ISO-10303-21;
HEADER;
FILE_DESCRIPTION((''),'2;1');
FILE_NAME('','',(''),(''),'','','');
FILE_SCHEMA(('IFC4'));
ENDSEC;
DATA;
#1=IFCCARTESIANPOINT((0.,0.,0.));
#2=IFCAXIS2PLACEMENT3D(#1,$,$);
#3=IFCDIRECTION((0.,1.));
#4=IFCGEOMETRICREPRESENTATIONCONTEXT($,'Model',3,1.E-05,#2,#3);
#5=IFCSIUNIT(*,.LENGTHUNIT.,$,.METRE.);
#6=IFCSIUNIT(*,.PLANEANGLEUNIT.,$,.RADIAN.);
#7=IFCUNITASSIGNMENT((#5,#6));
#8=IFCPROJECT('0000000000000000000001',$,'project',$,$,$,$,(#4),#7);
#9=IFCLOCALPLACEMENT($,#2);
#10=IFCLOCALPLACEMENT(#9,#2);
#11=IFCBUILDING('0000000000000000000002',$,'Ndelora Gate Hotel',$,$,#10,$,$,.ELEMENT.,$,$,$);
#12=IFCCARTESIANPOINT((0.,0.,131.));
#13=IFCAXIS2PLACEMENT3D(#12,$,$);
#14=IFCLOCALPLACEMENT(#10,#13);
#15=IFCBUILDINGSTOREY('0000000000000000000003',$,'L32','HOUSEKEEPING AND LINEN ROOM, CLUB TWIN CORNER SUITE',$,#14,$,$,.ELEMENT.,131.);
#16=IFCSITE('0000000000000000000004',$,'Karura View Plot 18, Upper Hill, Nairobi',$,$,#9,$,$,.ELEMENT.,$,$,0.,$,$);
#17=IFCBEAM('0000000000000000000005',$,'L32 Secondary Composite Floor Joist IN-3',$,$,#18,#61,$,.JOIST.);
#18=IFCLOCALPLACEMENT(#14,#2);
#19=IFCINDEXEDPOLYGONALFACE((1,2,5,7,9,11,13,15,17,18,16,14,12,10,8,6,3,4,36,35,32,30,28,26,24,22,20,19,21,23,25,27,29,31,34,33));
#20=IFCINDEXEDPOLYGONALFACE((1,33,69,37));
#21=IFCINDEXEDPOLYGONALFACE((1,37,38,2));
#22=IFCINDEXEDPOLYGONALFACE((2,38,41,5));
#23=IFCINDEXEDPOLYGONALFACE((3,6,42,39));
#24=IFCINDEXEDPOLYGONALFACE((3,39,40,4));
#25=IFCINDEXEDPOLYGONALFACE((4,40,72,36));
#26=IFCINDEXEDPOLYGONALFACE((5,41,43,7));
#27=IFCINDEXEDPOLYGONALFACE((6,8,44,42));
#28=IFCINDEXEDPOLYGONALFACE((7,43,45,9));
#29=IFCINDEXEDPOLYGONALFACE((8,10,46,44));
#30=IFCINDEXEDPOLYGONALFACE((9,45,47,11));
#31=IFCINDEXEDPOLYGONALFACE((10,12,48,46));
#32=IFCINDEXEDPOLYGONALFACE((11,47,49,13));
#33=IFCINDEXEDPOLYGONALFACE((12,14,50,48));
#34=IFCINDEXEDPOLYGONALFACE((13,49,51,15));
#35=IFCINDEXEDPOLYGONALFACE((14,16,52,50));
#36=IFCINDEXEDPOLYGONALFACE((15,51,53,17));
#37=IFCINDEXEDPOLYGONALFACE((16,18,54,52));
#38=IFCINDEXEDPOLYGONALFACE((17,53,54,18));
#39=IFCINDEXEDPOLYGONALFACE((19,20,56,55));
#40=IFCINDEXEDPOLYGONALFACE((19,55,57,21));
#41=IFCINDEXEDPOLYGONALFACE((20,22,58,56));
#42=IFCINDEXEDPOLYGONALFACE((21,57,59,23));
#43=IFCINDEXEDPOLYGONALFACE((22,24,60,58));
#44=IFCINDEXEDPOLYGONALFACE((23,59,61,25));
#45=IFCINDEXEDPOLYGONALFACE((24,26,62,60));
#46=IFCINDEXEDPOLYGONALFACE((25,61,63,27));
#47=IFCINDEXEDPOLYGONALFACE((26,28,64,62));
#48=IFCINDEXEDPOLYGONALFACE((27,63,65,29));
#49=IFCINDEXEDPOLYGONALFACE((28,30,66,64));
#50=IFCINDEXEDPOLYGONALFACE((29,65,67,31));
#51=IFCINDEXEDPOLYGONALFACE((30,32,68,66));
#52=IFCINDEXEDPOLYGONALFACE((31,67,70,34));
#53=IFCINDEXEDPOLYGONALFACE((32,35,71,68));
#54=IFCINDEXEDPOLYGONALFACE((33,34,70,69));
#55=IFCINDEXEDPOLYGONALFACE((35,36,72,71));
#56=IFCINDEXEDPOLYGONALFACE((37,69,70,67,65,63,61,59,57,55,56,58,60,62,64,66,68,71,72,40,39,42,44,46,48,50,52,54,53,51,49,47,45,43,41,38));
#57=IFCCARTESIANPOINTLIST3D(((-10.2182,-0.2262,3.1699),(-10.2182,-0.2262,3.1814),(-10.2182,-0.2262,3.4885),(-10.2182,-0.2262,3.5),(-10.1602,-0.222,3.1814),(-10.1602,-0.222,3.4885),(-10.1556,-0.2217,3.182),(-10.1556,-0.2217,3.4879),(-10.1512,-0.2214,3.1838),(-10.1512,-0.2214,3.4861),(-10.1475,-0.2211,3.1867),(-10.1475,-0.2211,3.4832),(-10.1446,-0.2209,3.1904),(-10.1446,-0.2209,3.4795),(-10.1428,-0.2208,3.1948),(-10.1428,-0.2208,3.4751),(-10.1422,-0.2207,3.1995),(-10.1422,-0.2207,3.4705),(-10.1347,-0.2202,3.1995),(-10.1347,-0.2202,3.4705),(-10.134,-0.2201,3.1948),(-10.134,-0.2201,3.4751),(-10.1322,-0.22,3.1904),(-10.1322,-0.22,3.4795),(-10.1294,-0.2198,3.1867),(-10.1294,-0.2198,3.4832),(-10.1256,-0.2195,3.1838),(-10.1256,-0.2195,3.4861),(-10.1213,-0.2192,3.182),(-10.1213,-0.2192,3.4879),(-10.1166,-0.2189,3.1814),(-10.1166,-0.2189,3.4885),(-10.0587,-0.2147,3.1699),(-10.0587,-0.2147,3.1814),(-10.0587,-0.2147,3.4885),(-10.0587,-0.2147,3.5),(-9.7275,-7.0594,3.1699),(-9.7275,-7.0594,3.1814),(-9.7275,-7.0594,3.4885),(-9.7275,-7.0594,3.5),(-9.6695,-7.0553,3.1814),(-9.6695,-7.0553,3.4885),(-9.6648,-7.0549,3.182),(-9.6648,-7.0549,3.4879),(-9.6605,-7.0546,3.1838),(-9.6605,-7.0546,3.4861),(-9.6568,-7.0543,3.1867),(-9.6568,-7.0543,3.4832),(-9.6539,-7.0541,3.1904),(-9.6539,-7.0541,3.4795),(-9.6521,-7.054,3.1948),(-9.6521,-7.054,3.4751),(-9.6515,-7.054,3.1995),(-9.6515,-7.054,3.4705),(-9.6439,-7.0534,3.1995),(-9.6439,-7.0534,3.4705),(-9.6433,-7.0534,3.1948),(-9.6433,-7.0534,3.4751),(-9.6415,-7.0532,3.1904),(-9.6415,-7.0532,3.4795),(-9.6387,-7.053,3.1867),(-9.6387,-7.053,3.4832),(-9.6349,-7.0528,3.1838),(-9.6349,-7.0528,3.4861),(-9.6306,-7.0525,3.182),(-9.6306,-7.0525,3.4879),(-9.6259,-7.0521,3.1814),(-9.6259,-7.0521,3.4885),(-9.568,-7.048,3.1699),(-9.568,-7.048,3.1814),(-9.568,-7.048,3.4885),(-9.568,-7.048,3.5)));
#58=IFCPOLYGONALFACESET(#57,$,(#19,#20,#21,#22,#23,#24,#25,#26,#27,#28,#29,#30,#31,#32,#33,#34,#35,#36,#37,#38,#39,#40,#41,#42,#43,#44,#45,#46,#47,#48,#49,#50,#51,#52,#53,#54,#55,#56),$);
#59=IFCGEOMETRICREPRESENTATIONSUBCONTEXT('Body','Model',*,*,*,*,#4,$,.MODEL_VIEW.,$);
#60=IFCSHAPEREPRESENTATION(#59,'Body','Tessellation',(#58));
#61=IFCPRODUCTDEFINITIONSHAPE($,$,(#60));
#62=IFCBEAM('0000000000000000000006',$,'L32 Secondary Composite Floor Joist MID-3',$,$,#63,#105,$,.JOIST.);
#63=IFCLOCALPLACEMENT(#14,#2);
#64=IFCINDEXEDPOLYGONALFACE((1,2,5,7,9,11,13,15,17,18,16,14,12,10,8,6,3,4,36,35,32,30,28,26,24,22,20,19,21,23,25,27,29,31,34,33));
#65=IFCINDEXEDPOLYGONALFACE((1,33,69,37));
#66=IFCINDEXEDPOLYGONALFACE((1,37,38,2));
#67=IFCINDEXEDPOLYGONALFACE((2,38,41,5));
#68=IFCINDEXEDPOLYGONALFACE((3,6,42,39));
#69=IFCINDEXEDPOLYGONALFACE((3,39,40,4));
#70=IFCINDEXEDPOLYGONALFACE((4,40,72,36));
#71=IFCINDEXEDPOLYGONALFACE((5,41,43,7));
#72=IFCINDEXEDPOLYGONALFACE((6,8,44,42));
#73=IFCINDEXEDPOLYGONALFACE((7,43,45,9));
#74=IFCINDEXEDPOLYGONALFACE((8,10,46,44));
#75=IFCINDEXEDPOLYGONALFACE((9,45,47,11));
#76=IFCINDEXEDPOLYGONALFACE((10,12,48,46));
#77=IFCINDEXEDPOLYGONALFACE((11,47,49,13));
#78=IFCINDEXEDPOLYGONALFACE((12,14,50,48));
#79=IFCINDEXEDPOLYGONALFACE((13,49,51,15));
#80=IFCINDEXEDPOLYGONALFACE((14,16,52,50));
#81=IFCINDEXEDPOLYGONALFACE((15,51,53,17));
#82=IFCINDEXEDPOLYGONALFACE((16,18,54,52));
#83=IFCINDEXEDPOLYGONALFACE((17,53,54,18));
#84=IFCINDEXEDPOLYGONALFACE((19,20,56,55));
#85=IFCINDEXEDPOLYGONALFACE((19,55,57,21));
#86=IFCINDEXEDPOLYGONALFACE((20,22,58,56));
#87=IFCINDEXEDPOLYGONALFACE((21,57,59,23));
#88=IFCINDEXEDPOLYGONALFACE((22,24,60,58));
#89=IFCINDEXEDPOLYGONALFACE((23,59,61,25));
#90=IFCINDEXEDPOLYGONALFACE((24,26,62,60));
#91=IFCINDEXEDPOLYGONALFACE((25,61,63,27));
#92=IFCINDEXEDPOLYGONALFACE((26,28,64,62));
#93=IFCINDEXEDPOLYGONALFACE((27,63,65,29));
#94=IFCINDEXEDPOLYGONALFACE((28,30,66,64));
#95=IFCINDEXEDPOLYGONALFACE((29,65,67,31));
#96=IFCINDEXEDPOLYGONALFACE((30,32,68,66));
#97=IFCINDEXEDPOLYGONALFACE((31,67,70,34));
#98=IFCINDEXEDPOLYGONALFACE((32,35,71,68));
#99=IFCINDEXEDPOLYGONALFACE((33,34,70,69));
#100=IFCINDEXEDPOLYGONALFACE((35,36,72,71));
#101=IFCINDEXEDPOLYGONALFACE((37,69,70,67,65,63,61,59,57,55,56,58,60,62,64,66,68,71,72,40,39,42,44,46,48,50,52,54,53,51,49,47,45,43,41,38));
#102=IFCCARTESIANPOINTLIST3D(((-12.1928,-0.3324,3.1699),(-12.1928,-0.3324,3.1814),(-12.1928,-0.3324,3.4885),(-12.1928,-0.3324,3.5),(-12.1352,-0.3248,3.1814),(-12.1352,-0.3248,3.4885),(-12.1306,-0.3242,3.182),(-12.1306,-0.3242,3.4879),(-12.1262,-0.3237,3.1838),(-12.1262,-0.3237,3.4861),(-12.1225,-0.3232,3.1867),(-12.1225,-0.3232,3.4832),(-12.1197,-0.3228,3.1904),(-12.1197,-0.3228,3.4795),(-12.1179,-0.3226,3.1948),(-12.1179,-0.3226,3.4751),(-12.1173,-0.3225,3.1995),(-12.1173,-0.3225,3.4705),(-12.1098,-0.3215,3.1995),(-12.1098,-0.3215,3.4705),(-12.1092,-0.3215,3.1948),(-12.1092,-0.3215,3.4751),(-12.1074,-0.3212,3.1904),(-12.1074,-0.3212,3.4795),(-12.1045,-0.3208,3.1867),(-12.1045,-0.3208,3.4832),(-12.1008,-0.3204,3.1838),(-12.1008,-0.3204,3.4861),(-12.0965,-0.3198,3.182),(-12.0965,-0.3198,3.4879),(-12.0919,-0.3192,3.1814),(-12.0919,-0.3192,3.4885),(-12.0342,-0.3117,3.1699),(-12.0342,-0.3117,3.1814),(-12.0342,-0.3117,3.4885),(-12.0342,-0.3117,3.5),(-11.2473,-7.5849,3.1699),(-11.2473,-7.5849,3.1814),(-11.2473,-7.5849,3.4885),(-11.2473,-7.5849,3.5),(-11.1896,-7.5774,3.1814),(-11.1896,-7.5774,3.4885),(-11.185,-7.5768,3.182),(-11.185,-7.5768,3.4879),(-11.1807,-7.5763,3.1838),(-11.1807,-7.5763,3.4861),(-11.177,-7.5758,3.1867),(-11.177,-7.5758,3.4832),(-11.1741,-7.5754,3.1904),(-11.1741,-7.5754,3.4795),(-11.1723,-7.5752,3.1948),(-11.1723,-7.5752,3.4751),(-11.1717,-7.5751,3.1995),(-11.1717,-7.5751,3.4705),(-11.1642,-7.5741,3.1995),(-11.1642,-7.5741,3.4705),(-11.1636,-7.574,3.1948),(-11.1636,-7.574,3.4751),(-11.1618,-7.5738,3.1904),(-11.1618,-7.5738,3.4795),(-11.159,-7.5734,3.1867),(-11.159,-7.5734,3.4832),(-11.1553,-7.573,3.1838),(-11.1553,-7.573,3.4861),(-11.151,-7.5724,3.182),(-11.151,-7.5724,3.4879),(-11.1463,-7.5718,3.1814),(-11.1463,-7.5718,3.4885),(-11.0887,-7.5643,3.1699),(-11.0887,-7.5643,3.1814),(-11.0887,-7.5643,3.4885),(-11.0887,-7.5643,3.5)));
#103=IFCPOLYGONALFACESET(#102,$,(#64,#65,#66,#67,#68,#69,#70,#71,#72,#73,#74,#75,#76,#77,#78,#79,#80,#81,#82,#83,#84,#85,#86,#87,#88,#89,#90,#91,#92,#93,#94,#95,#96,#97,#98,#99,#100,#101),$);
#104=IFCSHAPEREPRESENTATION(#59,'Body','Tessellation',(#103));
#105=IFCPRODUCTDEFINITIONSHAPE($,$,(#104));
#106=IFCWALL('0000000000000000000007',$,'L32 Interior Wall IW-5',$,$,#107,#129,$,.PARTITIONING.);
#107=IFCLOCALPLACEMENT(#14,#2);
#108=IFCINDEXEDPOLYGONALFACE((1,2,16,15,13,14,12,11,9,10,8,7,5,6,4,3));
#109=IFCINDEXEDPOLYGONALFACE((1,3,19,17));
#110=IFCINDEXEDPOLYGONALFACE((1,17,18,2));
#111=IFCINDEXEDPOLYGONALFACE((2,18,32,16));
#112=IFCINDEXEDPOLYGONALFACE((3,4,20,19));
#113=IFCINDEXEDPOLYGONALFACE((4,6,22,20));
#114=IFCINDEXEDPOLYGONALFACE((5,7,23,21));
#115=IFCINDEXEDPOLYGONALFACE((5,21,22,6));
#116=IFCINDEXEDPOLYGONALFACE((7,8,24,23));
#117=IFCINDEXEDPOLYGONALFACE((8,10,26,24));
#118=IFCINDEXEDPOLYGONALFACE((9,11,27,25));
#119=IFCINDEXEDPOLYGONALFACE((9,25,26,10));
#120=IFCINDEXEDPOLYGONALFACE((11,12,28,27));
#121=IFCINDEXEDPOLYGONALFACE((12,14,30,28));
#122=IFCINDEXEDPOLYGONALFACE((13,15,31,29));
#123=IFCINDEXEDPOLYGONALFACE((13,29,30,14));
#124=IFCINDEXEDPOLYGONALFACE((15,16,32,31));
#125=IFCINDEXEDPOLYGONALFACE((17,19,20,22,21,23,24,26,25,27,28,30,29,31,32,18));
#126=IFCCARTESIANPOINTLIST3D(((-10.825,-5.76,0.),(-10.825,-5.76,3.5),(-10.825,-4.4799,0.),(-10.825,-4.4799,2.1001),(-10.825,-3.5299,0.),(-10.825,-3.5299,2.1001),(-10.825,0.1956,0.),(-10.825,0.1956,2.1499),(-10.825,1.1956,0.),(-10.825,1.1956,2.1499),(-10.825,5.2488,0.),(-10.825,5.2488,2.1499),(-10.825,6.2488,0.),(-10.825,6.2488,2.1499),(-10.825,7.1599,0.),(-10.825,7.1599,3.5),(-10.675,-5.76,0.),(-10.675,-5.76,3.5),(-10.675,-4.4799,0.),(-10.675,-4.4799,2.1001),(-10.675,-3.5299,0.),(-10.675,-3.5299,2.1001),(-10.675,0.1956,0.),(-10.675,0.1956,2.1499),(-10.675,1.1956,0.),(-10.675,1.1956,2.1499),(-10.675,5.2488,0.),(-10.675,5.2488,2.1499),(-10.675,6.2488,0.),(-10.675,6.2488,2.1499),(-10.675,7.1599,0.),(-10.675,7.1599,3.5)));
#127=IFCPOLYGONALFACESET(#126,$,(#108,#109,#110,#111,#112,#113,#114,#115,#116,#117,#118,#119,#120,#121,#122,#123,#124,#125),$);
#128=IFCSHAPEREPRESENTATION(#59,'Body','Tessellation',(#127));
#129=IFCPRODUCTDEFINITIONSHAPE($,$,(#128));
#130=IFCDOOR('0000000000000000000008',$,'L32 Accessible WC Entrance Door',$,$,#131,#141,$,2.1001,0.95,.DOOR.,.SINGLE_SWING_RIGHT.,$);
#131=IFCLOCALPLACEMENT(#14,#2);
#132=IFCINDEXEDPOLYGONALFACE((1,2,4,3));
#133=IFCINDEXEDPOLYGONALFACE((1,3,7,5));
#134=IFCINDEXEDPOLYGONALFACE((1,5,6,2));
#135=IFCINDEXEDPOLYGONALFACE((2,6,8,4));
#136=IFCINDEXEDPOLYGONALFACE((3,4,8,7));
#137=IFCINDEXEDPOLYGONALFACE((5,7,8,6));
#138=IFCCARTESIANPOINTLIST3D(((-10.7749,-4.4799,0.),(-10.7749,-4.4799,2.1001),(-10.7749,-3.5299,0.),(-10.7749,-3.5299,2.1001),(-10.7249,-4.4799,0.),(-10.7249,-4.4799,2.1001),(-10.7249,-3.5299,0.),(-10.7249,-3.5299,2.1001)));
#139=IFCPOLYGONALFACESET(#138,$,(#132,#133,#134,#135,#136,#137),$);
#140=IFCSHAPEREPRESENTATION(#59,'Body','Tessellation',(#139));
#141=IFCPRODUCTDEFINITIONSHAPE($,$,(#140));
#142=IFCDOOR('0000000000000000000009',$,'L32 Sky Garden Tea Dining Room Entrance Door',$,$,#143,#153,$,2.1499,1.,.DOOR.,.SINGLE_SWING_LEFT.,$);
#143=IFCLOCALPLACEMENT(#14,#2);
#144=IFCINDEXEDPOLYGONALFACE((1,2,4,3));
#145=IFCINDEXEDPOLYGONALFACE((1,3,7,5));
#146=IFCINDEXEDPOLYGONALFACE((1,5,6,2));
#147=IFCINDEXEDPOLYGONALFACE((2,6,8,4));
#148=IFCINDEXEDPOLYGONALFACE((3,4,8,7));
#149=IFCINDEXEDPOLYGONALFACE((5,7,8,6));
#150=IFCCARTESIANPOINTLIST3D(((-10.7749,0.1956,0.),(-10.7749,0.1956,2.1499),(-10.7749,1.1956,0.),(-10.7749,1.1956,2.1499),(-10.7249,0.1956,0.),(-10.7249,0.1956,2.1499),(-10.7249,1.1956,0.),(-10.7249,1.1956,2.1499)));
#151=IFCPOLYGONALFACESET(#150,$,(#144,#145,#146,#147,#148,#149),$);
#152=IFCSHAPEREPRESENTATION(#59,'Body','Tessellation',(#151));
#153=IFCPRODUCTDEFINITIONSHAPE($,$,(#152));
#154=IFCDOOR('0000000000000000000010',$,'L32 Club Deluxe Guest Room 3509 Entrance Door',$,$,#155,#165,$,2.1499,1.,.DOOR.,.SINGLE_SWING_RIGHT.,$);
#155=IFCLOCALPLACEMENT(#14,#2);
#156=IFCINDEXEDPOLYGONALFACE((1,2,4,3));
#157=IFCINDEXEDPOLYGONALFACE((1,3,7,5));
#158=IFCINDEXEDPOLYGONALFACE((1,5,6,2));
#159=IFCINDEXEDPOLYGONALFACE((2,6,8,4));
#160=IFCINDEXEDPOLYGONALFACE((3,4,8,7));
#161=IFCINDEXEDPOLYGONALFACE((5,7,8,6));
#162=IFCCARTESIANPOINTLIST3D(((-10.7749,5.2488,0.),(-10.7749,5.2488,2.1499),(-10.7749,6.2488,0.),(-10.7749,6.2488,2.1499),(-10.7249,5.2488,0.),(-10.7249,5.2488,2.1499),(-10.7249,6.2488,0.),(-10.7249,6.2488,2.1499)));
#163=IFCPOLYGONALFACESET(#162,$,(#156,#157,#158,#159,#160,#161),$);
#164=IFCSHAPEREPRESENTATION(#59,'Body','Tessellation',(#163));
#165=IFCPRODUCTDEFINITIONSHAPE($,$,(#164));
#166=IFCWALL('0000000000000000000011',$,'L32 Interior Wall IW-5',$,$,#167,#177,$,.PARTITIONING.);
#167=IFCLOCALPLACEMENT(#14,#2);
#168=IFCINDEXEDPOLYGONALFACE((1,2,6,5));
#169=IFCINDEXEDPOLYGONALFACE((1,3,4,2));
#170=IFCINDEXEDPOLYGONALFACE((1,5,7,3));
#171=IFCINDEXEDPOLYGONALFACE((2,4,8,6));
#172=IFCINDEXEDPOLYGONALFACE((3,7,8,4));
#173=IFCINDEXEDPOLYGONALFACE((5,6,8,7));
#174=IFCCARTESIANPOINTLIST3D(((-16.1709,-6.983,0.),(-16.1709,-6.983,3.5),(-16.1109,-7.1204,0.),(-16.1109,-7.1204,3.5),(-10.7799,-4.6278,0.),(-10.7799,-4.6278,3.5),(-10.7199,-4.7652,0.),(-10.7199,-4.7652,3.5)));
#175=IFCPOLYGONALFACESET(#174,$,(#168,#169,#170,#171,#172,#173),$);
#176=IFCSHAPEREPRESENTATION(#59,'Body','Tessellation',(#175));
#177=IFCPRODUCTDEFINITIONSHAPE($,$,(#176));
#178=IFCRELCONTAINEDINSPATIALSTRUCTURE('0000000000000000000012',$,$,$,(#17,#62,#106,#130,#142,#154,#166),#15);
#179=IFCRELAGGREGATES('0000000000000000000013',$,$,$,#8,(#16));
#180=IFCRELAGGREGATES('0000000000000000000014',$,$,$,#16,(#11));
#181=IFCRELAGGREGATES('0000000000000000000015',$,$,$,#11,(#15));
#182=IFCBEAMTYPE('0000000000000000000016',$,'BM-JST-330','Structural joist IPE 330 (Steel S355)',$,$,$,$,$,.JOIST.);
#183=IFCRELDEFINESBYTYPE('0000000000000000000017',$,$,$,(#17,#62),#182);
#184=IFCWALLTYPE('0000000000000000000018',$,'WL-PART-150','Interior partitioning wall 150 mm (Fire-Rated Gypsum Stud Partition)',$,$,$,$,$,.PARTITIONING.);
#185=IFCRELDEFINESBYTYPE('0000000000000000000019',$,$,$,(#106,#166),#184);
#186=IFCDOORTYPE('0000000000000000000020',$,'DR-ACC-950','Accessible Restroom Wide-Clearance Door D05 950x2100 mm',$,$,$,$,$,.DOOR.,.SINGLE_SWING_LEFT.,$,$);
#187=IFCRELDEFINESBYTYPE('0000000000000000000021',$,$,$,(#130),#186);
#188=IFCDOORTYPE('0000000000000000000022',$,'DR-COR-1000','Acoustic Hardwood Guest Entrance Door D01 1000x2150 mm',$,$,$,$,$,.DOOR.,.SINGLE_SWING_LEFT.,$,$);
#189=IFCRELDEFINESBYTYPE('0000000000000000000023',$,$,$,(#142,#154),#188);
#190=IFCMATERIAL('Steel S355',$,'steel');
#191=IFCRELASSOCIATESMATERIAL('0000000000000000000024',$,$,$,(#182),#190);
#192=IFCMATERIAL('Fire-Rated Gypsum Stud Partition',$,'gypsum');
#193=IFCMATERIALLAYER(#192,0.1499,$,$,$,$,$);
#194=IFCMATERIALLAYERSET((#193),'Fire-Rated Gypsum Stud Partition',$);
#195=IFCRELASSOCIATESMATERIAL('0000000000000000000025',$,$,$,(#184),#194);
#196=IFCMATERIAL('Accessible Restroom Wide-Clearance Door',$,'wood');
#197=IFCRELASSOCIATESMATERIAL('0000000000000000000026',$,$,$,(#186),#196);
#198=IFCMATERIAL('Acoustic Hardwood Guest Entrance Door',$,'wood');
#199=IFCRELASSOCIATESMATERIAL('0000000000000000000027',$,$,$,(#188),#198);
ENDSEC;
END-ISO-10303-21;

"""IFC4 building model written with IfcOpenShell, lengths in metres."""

from ifc_helpers import new_model, si_unit, direction, frame, frame_2d, origin, origin_2d, place, context, subcontext, project, spatial, rectangle, i_section, extrude, material, layer, layer_set, material_profile, profile_set, type_object, element, fill, save


model = new_model("IFC4")

# Units and contexts
model_context = context("Model", 3, precision=1e-05, world=origin(), true_north=direction((0.0, 1.0)))
body_context = subcontext(model_context, "Body", "Model", "MODEL_VIEW")
ifc_project = project(units=[si_unit("LENGTHUNIT", "METRE"), si_unit("PLANEANGLEUNIT", "RADIAN")], contexts=[model_context])

# Site, building, storey
site_placement = place(None, origin())
site = spatial("IfcSite", under=ifc_project, at=site_placement, Name="Karura View Plot 18, Upper Hill, Nairobi", CompositionType="ELEMENT", RefElevation=0.0)
building_placement = place(site_placement, origin())
building = spatial("IfcBuilding", under=site, at=building_placement, Name="Ndelora Gate Hotel", CompositionType="ELEMENT")
storey_placement = place(building_placement, frame((0.0, 0.0, 131.0)))
storey = spatial("IfcBuildingStorey", under=building, at=storey_placement, Name="L32", Description="HOUSEKEEPING AND LINEN ROOM, CLUB TWIN CORNER SUITE", CompositionType="ELEMENT", Elevation=131.0)

# Beams
ifc_material_1 = material(Name="Steel S355", Category="steel")
ifc_material_profile = material_profile(ifc_material_1, i_section(OverallWidth=0.1599, OverallDepth=0.3301, WebThickness=0.0076, FlangeThickness=0.0115, FilletRadius=0.0181, at=origin_2d()), Name="IPE 330")
ifc_profile_set = profile_set([ifc_material_profile], Name="Steel S355")
beam_type = type_object("IfcBeamType", Name="BM-JST-330", Description="Structural joist IPE 330 (Steel S355)", PredefinedType="JOIST", material=ifc_profile_set)
beam_1_placement = place(storey_placement, frame((-10.1384, -0.2205, 3.335), z_axis=(0.071629, -0.997431, 0.0), x_axis=(0.997431, 0.071629, 0.0)))
element("IfcBeam", 1, at=beam_1_placement, inside=storey, type_object=beam_type, Name="L32 Secondary Composite Floor Joist IN-3", PredefinedType="JOIST", context=body_context, shape_type="SweptSolid", body=[
    extrude(i_section(OverallWidth=0.1599, OverallDepth=0.3301, WebThickness=0.0076, FlangeThickness=0.0115, FilletRadius=0.0181, at=origin_2d()), origin(), (0.0, 0.0, 1.0), 6.8508),
])
beam_2_placement = place(storey_placement, frame((-12.1135, -0.322, 3.335), z_axis=(0.129279, -0.991608, 0.0), x_axis=(0.991608, 0.129279, 0.0)))
element("IfcBeam", 2, at=beam_2_placement, inside=storey, type_object=beam_type, Name="L32 Secondary Composite Floor Joist MID-3", PredefinedType="JOIST", context=body_context, shape_type="SweptSolid", body=[
    extrude(i_section(OverallWidth=0.1599, OverallDepth=0.3301, WebThickness=0.0076, FlangeThickness=0.0115, FilletRadius=0.0181, at=origin_2d()), origin(), (0.0, 0.0, 1.0), 7.314),
])

# Shared definitions
ifc_material_2 = material(Name="Fire-Rated Gypsum Stud Partition", Category="gypsum")
ifc_layer_1 = layer(ifc_material_2, 0.1499)
ifc_layer_set_1 = layer_set([ifc_layer_1], Name="Fire-Rated Gypsum Stud Partition")
wall_type_1 = type_object("IfcWallType", Name="WL-PART-150", Description="Interior partitioning wall 150 mm (Fire-Rated Gypsum Stud Partition)", PredefinedType="PARTITIONING", material=ifc_layer_set_1)

# Wall, openings, doors
wall_1_placement = place(storey_placement, frame((-10.75, -5.76, 0.0), z_axis=(0.0, 0.0, 1.0), x_axis=(0.0, 1.0, 0.0)))
wall_1 = element("IfcWall", 3, at=wall_1_placement, inside=storey, type_object=wall_type_1, Name="L32 Interior Wall IW-5", PredefinedType="PARTITIONING", context=body_context, shape_type="SweptSolid", body=[
    extrude(rectangle(XDim=12.9199, YDim=0.1499, at=frame_2d((6.46, 0.0))), origin(), (0.0, 0.0, 1.0), 3.5),
])
opening_1_placement = place(wall_1_placement, frame((1.28, 0.0, 0.0)))
opening_1 = element("IfcOpeningElement", 4, at=opening_1_placement, cuts=wall_1, PredefinedType="OPENING", context=body_context, shape_type="SweptSolid", body=[
    extrude(rectangle(XDim=0.95, YDim=2.1001, at=frame_2d((0.4751, 1.05))), frame((0.0, 0.085, 0.0), z_axis=(0.0, -1.0, 0.0), x_axis=(1.0, 0.0, 0.0)), (0.0, 0.0, 1.0), 0.1699),
])
opening_2_placement = place(wall_1_placement, frame((5.9556, 0.0, 0.0)))
opening_2 = element("IfcOpeningElement", 5, at=opening_2_placement, cuts=wall_1, PredefinedType="OPENING", context=body_context, shape_type="SweptSolid", body=[
    extrude(rectangle(XDim=1.0, YDim=2.1499, at=frame_2d((0.5, 1.075))), frame((0.0, 0.085, 0.0), z_axis=(0.0, -1.0, 0.0), x_axis=(1.0, 0.0, 0.0)), (0.0, 0.0, 1.0), 0.1699),
])
opening_3_placement = place(wall_1_placement, frame((11.0088, 0.0, 0.0)))
opening_3 = element("IfcOpeningElement", 6, at=opening_3_placement, cuts=wall_1, PredefinedType="OPENING", context=body_context, shape_type="SweptSolid", body=[
    extrude(rectangle(XDim=1.0, YDim=2.1499, at=frame_2d((0.5, 1.075))), frame((0.0, 0.085, 0.0), z_axis=(0.0, -1.0, 0.0), x_axis=(1.0, 0.0, 0.0)), (0.0, 0.0, 1.0), 0.1699),
])
ifc_material_3 = material(Name="Accessible Restroom Wide-Clearance Door", Category="wood")
door_type_1 = type_object("IfcDoorType", Name="DR-ACC-950", Description="Accessible Restroom Wide-Clearance Door D05 950x2100 mm", OperationType="SINGLE_SWING_LEFT", PredefinedType="DOOR", material=ifc_material_3)
door_1_placement = place(opening_1_placement, origin())
door_1 = element("IfcDoor", 7, at=door_1_placement, inside=storey, type_object=door_type_1, Name="L32 Accessible WC Entrance Door", OperationType="SINGLE_SWING_RIGHT", OverallHeight=2.1001, OverallWidth=0.95, PredefinedType="DOOR", context=body_context, shape_type="SweptSolid", body=[
    extrude(rectangle(XDim=0.95, YDim=2.1001, at=frame_2d((0.4751, 1.05))), frame((0.0, 0.0249, 0.0), z_axis=(0.0, -1.0, 0.0), x_axis=(1.0, 0.0, 0.0)), (0.0, 0.0, 1.0), 0.05),
])
fill(opening_1, door_1)
ifc_material_4 = material(Name="Acoustic Hardwood Guest Entrance Door", Category="wood")
door_type_2 = type_object("IfcDoorType", Name="DR-COR-1000", Description="Acoustic Hardwood Guest Entrance Door D01 1000x2150 mm", OperationType="SINGLE_SWING_LEFT", PredefinedType="DOOR", material=ifc_material_4)
door_2_placement = place(opening_2_placement, origin())
door_2 = element("IfcDoor", 8, at=door_2_placement, inside=storey, type_object=door_type_2, Name="L32 Sky Garden Tea Dining Room Entrance Door", OperationType="SINGLE_SWING_LEFT", OverallHeight=2.1499, OverallWidth=1.0, PredefinedType="DOOR", context=body_context, shape_type="SweptSolid", body=[
    extrude(rectangle(XDim=1.0, YDim=2.1499, at=frame_2d((0.5, 1.075))), frame((0.0, 0.0249, 0.0), z_axis=(0.0, -1.0, 0.0), x_axis=(1.0, 0.0, 0.0)), (0.0, 0.0, 1.0), 0.05),
])
fill(opening_2, door_2)
door_3_placement = place(opening_3_placement, origin())
door_3 = element("IfcDoor", 9, at=door_3_placement, inside=storey, type_object=door_type_2, Name="L32 Club Deluxe Guest Room 3509 Entrance Door", OperationType="SINGLE_SWING_RIGHT", OverallHeight=2.1499, OverallWidth=1.0, PredefinedType="DOOR", context=body_context, shape_type="SweptSolid", body=[
    extrude(rectangle(XDim=1.0, YDim=2.1499, at=frame_2d((0.5, 1.075))), frame((0.0, 0.0249, 0.0), z_axis=(0.0, -1.0, 0.0), x_axis=(1.0, 0.0, 0.0)), (0.0, 0.0, 1.0), 0.05),
])
fill(opening_3, door_3)

# Wall
wall_2_placement = place(storey_placement, frame((-10.75, -4.6965, 0.0), z_axis=(0.0, 0.0, 1.0), x_axis=(-0.916369, -0.400335, 0.0)))
element("IfcWall", 10, at=wall_2_placement, inside=storey, type_object=wall_type_1, Name="L32 Interior Wall IW-5", PredefinedType="PARTITIONING", context=body_context, shape_type="SweptSolid", body=[
    extrude(rectangle(XDim=5.8831, YDim=0.1499, at=frame_2d((2.9414, 0.0))), origin(), (0.0, 0.0, 1.0), 3.5),
])

save(model, "model.ifc")
